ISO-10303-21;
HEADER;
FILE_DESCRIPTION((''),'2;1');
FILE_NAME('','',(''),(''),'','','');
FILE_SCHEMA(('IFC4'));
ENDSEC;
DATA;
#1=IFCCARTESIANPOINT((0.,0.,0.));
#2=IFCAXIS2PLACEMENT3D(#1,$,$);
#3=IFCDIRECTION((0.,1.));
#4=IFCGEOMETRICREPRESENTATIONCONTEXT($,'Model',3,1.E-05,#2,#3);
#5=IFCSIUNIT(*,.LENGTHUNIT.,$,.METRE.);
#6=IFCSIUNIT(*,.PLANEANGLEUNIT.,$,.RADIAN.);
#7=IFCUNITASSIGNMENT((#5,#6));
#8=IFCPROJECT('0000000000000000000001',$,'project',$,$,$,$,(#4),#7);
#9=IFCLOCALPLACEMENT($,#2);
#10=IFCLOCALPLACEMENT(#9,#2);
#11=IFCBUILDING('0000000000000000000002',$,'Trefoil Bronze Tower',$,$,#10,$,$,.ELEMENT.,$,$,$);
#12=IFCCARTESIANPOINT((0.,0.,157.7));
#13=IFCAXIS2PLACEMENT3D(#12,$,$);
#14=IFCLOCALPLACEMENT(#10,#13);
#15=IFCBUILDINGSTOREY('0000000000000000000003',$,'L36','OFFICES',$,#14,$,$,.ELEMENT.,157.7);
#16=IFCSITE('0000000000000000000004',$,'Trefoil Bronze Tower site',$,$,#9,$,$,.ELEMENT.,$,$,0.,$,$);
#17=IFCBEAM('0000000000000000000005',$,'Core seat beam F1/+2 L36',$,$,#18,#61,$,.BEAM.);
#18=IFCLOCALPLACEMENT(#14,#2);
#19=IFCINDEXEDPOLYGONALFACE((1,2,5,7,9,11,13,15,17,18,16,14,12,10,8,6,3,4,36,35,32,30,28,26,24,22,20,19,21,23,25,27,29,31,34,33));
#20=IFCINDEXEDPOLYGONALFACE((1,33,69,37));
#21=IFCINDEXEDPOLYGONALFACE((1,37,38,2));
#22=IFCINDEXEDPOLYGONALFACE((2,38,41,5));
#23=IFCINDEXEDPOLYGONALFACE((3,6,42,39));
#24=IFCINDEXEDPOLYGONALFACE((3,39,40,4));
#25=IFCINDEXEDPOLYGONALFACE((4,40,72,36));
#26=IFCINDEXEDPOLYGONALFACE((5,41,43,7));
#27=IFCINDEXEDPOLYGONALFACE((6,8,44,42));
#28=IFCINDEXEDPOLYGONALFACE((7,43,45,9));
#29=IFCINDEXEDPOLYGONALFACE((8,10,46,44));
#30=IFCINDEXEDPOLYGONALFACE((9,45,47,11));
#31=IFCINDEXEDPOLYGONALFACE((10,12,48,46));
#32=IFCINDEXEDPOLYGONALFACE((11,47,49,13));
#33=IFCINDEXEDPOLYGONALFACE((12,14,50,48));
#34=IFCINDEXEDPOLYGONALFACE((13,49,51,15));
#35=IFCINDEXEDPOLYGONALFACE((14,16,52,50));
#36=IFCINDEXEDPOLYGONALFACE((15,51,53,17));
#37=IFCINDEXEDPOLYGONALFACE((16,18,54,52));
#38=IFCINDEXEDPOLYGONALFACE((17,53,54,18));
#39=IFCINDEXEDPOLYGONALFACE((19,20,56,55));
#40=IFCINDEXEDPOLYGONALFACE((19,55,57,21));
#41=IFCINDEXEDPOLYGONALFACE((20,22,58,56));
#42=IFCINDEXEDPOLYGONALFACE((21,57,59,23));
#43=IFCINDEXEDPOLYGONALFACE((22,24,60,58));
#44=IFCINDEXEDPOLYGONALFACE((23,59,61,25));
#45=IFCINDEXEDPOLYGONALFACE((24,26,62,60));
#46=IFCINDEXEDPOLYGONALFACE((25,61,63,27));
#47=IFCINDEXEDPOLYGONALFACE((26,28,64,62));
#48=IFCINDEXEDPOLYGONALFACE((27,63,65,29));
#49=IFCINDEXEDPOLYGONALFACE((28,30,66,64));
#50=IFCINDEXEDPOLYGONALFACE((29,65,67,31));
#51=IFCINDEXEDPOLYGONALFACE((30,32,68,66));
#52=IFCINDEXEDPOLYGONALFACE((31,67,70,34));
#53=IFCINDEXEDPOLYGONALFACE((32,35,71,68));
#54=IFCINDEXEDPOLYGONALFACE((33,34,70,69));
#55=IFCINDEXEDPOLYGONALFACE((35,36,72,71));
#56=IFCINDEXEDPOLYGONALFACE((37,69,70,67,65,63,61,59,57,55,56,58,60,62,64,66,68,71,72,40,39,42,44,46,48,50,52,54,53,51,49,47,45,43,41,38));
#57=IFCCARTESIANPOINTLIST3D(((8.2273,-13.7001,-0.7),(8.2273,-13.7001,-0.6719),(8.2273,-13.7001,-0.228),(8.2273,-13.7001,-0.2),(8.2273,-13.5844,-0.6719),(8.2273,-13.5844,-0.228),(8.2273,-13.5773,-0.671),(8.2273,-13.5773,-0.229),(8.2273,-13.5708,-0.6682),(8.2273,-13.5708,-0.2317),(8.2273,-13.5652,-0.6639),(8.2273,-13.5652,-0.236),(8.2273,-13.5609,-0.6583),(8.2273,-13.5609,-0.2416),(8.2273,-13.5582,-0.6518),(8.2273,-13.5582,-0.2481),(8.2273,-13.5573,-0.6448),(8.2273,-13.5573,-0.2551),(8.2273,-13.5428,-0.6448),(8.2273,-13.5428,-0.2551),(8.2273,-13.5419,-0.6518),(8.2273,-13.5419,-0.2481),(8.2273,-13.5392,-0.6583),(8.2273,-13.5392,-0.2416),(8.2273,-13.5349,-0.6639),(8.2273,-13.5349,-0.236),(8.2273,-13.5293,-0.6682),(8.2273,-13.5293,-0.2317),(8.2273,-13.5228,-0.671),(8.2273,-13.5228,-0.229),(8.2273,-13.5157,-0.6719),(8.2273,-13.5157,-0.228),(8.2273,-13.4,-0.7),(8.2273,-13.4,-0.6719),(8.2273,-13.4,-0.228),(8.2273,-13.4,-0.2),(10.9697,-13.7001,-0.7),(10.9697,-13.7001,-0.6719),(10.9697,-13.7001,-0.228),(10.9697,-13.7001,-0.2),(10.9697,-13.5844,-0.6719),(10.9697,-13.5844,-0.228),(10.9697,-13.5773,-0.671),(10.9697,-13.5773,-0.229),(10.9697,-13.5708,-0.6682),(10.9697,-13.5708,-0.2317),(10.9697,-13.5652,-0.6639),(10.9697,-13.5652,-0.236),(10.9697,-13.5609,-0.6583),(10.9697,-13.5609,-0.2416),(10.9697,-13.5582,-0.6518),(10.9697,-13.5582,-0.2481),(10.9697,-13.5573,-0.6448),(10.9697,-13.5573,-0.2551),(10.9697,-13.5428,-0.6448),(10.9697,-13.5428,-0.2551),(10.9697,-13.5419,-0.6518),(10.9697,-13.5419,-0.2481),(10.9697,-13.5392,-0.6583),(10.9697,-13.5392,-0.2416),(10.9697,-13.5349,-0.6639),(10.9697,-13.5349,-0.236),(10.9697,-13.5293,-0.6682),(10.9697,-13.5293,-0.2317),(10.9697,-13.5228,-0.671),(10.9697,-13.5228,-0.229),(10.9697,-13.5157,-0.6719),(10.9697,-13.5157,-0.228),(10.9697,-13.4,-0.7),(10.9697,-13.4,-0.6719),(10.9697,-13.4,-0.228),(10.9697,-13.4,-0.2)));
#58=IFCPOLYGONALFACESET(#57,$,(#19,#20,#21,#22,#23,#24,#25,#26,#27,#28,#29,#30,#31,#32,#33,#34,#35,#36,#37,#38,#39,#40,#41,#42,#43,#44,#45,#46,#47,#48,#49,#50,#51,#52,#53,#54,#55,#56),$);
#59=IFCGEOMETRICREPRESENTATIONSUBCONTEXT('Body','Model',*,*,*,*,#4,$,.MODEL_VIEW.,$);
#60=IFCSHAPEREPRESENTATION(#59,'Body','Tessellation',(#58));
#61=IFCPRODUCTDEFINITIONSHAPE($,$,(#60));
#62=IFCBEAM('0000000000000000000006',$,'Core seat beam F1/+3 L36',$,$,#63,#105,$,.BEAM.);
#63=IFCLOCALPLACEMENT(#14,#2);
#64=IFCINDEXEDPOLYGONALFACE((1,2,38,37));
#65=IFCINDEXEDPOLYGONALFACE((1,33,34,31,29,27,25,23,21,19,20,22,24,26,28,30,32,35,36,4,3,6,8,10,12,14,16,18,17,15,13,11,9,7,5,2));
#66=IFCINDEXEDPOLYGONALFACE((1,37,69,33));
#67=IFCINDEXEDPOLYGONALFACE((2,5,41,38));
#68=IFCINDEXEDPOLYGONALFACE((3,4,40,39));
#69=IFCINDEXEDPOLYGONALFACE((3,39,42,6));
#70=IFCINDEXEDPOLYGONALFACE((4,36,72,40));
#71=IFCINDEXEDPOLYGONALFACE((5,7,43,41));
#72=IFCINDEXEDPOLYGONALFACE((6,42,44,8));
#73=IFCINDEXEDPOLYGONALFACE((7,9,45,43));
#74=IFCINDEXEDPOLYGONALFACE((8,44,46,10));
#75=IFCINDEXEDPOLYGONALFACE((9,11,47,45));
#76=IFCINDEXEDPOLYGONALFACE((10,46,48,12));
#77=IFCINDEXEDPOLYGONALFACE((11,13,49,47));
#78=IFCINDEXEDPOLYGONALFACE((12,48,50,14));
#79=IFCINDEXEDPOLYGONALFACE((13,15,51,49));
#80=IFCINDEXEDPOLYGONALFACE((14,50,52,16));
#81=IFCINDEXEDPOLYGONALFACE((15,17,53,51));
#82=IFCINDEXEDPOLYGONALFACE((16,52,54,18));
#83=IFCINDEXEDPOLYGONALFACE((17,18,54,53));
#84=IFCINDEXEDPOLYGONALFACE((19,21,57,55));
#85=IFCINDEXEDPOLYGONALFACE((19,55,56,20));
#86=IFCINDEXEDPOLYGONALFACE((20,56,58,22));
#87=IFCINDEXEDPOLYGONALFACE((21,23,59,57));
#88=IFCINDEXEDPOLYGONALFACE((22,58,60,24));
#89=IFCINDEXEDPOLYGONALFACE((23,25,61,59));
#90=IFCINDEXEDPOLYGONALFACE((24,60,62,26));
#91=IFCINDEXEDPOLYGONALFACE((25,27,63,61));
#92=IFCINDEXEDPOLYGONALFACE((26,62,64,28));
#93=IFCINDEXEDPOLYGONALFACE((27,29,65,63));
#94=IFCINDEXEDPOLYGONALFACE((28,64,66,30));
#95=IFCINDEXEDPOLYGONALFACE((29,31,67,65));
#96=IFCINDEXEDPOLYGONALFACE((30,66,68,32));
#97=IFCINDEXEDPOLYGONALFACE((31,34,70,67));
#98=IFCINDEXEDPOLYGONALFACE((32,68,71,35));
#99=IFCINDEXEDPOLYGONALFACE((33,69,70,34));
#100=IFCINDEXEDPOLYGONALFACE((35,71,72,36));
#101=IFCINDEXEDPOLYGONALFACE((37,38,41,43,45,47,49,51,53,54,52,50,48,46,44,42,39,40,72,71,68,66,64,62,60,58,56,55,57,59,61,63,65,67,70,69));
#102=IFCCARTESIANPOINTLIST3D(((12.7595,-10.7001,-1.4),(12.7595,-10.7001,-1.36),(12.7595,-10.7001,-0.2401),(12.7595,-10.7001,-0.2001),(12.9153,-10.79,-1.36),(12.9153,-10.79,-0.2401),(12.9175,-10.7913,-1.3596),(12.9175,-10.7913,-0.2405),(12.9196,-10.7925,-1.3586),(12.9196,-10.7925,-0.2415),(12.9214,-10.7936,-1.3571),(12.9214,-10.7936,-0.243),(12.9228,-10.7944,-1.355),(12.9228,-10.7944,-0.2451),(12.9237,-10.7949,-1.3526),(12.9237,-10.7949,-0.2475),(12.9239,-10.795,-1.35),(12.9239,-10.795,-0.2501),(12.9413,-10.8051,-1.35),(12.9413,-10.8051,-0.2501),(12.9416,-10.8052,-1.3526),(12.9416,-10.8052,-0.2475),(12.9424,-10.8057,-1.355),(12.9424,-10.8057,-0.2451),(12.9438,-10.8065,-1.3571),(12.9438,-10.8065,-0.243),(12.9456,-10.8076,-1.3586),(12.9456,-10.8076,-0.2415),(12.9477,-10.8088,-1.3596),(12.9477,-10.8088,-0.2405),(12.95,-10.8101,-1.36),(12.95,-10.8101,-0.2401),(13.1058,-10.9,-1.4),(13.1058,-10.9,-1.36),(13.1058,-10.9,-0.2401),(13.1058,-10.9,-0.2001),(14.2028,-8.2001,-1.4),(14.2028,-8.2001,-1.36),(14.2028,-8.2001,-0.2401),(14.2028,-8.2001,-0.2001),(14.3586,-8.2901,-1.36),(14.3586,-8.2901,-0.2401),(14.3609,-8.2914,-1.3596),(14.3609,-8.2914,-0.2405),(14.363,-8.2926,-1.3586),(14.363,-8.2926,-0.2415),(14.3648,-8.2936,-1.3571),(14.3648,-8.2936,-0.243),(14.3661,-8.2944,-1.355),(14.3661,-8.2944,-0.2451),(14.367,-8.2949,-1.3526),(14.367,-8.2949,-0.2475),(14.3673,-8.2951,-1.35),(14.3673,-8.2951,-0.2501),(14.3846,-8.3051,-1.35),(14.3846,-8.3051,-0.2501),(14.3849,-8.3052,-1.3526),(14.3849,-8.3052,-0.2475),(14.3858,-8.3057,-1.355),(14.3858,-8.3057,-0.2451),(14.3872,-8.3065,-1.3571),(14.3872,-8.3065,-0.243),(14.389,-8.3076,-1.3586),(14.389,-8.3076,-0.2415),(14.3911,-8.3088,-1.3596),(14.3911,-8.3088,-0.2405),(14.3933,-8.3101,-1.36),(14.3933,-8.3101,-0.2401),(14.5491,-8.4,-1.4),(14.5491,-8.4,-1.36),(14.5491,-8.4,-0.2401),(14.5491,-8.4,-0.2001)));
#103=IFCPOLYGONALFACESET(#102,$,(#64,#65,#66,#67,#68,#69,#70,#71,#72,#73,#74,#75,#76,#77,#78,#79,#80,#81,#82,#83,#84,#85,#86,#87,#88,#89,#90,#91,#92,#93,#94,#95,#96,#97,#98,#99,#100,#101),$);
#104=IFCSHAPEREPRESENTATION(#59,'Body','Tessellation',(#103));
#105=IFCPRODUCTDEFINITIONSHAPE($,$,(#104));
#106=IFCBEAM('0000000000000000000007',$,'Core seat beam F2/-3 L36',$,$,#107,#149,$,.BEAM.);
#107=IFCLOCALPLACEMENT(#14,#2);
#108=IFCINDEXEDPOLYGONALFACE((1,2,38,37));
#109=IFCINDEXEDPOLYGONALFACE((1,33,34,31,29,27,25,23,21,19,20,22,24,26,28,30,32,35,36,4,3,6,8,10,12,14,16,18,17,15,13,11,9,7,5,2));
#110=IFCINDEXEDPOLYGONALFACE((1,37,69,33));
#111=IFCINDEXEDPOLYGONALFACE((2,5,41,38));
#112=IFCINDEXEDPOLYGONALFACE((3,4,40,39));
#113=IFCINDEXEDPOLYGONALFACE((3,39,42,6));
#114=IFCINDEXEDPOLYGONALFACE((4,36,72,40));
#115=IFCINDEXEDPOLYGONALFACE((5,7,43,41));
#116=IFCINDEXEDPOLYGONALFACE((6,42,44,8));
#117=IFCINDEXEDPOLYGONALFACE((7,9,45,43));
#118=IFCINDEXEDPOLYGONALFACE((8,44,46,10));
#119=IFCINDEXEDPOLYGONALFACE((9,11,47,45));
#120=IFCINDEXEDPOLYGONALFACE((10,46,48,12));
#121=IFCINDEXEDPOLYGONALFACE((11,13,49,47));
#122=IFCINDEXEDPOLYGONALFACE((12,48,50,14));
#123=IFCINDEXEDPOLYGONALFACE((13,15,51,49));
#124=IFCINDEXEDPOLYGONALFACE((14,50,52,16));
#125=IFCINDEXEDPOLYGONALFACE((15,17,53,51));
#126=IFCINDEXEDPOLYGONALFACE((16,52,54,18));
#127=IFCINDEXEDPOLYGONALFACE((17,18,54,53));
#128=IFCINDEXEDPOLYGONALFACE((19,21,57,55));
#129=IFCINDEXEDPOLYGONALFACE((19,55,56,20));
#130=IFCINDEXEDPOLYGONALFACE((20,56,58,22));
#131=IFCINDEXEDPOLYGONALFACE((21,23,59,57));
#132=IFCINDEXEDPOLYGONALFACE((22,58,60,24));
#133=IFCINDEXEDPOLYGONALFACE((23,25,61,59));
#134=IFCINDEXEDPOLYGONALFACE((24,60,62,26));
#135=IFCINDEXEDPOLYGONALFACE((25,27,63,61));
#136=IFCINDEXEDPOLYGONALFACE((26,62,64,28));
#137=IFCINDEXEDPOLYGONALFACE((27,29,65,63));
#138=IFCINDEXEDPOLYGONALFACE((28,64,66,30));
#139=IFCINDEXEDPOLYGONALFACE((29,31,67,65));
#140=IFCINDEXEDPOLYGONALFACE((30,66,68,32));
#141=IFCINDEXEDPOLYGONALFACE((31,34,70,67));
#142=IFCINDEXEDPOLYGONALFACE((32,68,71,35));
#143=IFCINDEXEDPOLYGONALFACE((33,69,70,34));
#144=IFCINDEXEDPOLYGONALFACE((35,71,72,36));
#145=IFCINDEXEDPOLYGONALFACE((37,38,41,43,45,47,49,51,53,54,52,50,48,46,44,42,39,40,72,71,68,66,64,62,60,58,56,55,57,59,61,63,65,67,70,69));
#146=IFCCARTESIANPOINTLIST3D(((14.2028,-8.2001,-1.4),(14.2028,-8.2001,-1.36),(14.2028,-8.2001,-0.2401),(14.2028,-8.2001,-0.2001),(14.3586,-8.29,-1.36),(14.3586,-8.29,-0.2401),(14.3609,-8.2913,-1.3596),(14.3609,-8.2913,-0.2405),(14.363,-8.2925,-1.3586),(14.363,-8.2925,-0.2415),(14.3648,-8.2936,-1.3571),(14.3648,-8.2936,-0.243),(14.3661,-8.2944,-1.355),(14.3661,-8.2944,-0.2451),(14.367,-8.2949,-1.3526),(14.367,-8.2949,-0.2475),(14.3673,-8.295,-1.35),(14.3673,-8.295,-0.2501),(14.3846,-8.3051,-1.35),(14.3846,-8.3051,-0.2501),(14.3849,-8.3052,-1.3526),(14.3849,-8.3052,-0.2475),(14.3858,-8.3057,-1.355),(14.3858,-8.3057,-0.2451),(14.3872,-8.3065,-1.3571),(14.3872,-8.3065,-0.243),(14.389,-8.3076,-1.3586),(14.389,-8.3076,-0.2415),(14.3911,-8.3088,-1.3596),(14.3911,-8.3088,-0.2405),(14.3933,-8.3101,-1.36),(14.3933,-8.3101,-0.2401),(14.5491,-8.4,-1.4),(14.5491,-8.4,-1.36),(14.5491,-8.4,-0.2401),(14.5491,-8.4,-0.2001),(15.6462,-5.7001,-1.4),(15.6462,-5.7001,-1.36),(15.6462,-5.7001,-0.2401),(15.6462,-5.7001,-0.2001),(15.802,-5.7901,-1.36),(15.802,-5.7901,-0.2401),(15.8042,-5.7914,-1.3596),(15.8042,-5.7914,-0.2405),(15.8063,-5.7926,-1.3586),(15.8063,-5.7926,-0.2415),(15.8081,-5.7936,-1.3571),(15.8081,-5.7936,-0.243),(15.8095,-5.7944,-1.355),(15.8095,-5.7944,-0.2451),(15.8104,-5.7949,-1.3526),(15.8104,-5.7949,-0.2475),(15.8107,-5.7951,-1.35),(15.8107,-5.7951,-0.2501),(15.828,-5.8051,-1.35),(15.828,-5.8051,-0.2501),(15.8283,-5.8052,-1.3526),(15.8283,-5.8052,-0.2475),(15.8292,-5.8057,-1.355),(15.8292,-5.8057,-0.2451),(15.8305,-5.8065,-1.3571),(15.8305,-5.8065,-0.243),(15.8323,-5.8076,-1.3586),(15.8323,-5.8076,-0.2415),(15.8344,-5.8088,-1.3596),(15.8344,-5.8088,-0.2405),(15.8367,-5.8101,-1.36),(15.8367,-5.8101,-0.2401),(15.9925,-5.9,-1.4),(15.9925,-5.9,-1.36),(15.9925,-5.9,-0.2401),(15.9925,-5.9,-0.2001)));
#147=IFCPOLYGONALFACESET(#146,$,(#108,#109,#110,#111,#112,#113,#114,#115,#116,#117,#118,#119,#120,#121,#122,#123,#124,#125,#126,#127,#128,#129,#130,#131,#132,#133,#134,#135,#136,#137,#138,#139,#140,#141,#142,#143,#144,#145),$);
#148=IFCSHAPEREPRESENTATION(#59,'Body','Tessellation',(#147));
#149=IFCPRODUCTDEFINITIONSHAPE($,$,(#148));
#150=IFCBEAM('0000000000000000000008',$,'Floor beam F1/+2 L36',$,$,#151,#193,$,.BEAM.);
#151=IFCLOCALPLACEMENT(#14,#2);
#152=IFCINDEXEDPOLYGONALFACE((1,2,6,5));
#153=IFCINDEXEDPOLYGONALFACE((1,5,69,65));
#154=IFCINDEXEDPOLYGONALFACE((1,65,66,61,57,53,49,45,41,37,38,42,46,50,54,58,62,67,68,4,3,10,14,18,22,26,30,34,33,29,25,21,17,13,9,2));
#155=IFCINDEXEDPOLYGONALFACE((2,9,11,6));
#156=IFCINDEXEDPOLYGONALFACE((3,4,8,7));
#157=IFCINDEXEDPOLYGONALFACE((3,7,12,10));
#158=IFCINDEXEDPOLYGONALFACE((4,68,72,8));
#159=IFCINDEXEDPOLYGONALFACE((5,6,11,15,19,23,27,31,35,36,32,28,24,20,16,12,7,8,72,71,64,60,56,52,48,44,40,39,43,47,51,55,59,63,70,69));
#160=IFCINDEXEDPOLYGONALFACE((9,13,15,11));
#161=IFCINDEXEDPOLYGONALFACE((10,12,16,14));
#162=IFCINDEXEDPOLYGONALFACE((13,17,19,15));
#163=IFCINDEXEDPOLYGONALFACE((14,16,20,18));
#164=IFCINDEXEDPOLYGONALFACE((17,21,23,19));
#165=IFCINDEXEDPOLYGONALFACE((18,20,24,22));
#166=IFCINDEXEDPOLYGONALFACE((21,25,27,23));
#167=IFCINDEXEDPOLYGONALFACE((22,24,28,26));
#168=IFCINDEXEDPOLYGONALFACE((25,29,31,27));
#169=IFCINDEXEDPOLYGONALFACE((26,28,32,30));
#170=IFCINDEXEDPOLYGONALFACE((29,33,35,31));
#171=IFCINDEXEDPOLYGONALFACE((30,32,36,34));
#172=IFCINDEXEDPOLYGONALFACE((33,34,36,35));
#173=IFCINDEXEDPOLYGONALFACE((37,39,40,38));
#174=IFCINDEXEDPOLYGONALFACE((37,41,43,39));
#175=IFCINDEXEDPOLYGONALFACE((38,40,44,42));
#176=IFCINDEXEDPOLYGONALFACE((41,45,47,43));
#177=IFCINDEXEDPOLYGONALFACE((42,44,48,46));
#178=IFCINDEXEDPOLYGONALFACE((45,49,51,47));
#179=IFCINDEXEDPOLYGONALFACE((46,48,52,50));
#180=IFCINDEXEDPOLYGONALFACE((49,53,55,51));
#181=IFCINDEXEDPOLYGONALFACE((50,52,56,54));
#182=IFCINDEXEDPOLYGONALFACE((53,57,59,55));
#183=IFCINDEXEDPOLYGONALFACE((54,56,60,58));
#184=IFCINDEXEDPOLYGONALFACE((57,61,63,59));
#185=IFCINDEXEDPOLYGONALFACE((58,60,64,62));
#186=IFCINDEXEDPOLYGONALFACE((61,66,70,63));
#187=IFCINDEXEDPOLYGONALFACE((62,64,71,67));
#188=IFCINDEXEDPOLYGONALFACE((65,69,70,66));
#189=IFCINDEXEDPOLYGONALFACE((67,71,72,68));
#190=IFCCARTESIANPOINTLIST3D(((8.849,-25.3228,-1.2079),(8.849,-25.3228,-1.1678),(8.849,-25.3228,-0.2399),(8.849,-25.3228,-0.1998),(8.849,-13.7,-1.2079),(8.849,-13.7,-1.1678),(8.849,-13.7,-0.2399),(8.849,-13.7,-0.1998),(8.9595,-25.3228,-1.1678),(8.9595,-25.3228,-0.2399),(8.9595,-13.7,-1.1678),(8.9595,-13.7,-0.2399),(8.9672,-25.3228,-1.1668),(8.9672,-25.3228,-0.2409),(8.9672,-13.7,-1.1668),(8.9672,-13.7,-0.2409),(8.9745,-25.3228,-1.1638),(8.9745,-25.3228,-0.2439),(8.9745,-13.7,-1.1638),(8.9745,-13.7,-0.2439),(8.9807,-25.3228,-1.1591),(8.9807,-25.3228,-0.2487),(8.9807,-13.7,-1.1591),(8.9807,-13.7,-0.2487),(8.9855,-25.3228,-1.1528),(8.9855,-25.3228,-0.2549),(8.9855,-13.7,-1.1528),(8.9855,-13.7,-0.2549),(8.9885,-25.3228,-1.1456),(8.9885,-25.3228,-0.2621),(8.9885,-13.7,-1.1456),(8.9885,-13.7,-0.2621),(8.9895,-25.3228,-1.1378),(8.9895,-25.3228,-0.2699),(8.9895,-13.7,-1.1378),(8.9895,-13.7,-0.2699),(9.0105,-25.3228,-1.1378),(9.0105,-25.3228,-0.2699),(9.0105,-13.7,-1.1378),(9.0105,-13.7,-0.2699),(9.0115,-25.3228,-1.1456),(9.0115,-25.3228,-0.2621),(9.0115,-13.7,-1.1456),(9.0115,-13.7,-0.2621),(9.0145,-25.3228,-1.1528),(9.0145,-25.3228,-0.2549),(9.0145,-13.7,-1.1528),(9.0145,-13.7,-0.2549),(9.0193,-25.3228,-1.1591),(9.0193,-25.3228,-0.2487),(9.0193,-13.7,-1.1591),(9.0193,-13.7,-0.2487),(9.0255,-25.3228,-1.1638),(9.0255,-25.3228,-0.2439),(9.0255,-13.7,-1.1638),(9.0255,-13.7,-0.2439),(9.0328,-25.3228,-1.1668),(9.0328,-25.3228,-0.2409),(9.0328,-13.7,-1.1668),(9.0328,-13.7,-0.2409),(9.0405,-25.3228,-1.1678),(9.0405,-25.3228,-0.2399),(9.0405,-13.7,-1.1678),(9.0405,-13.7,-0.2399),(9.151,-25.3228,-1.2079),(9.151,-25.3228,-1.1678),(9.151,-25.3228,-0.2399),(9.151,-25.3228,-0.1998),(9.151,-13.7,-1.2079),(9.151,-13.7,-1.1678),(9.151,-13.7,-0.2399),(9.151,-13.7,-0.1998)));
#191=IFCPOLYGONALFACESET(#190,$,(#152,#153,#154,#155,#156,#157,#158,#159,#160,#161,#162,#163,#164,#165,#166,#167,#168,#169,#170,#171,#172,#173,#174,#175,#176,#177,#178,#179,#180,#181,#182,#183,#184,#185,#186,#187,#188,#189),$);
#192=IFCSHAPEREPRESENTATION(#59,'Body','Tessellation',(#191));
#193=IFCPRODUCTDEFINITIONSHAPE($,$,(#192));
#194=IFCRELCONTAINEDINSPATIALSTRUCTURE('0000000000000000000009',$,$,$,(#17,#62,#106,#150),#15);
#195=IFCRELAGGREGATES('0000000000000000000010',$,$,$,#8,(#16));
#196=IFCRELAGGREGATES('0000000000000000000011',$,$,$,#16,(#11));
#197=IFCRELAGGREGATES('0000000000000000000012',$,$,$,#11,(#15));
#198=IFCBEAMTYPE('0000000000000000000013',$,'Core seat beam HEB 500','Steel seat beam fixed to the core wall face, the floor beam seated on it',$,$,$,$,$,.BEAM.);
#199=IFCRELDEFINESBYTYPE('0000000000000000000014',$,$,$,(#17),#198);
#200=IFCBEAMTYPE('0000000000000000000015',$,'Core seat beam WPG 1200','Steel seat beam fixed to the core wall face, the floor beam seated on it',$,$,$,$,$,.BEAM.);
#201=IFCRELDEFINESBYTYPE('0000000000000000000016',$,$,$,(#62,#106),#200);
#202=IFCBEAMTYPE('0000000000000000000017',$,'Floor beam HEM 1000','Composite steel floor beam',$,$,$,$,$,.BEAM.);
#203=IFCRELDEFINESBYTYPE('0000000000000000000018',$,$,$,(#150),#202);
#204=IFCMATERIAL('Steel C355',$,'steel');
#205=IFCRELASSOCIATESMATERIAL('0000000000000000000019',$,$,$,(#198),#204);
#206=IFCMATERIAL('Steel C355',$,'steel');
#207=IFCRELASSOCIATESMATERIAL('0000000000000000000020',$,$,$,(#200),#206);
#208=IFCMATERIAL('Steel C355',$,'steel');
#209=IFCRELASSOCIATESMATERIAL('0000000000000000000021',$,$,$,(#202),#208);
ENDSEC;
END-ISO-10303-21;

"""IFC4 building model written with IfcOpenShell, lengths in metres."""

from ifc_helpers import new_model, si_unit, direction, frame, origin, origin_2d, place, context, subcontext, project, spatial, i_section, extrude, material, material_profile, profile_set, type_object, element, save


model = new_model("IFC4")

# Units and contexts
model_context = context("Model", 3, precision=1e-05, world=origin(), true_north=direction((0.0, 1.0)))
body_context = subcontext(model_context, "Body", "Model", "MODEL_VIEW")
ifc_project = project(units=[si_unit("LENGTHUNIT", "METRE"), si_unit("PLANEANGLEUNIT", "RADIAN")], contexts=[model_context])

# Site, building, storey
site_placement = place(None, origin())
site = spatial("IfcSite", under=ifc_project, at=site_placement, Name="Trefoil Bronze Tower site", CompositionType="ELEMENT", RefElevation=0.0)
building_placement = place(site_placement, origin())
building = spatial("IfcBuilding", under=site, at=building_placement, Name="Trefoil Bronze Tower", CompositionType="ELEMENT")
storey_placement = place(building_placement, frame((0.0, 0.0, 157.7)))
storey = spatial("IfcBuildingStorey", under=building, at=storey_placement, Name="L36", Description="OFFICES", CompositionType="ELEMENT", Elevation=157.7)

# Beams
ifc_material_1 = material(Name="Steel C355", Category="steel")
ifc_material_profile_1 = material_profile(ifc_material_1, i_section(OverallWidth=0.3, OverallDepth=0.5, WebThickness=0.0144, FlangeThickness=0.0281, FilletRadius=0.0271, at=origin_2d()), Name="HEB 500")
ifc_profile_set_1 = profile_set([ifc_material_profile_1], Name="Steel C355")
beam_type_1 = type_object("IfcBeamType", Name="Core seat beam HEB 500", Description="Steel seat beam fixed to the core wall face, the floor beam seated on it", PredefinedType="BEAM", material=ifc_profile_set_1)
for number, where, z_axis, x_axis, name in (
    (1, (8.2273, -13.55, -0.45), (1.0, 0.0, 0.0), (0.0, 1.0, 0.0), "Core seat beam F1/+2 L36"),
):
    element("IfcBeam", number, at=place(storey_placement, frame(where, z_axis=z_axis, x_axis=x_axis)), inside=storey, type_object=beam_type_1, Name=name, PredefinedType="BEAM", context=body_context, shape_type="SweptSolid", body=[
        extrude(i_section(OverallWidth=0.3, OverallDepth=0.5, WebThickness=0.0144, FlangeThickness=0.0281, FilletRadius=0.0271, at=origin_2d()), origin(), (0.0, 0.0, 1.0), 2.7424),
    ])
ifc_material_2 = material(Name="Steel C355", Category="steel")
ifc_material_profile_2 = material_profile(ifc_material_2, i_section(OverallWidth=0.3999, OverallDepth=1.2, WebThickness=0.02, FlangeThickness=0.04, FilletRadius=0.01, at=origin_2d()), Name="WPG 1200")
ifc_profile_set_2 = profile_set([ifc_material_profile_2], Name="Steel C355")
beam_type_2 = type_object("IfcBeamType", Name="Core seat beam WPG 1200", Description="Steel seat beam fixed to the core wall face, the floor beam seated on it", PredefinedType="BEAM", material=ifc_profile_set_2)
for number, where, z_axis, x_axis, name in (
    (2, (12.9326, -10.8, -0.8), (0.499996, 0.866028, 0.0), (-0.866028, 0.499996, 0.0), "Core seat beam F1/+3 L36"),
    (3, (14.376, -8.3, -0.8), (0.499996, 0.866028, 0.0), (-0.866028, 0.499996, 0.0), "Core seat beam F2/-3 L36"),
):
    element("IfcBeam", number, at=place(storey_placement, frame(where, z_axis=z_axis, x_axis=x_axis)), inside=storey, type_object=beam_type_2, Name=name, PredefinedType="BEAM", context=body_context, shape_type="SweptSolid", body=[
        extrude(i_section(OverallWidth=0.3999, OverallDepth=1.2, WebThickness=0.02, FlangeThickness=0.04, FilletRadius=0.01, at=origin_2d()), origin(), (0.0, 0.0, 1.0), 2.8867),
    ])
ifc_material_3 = material(Name="Steel C355", Category="steel")
ifc_material_profile_3 = material_profile(ifc_material_3, i_section(OverallWidth=0.302, OverallDepth=1.0081, WebThickness=0.021, FlangeThickness=0.04, FilletRadius=0.03, at=origin_2d()), Name="HEM 1000")
ifc_profile_set_3 = profile_set([ifc_material_profile_3], Name="Steel C355")
beam_type_3 = type_object("IfcBeamType", Name="Floor beam HEM 1000", Description="Composite steel floor beam", PredefinedType="BEAM", material=ifc_profile_set_3)
beam_1_placement = place(storey_placement, frame((9.0, -25.3228, -0.7039), z_axis=(0.0, 1.0, 0.0), x_axis=(-1.0, 0.0, 0.0)))
element("IfcBeam", 4, at=beam_1_placement, inside=storey, type_object=beam_type_3, Name="Floor beam F1/+2 L36", PredefinedType="BEAM", context=body_context, shape_type="SweptSolid", body=[
    extrude(i_section(OverallWidth=0.302, OverallDepth=1.0081, WebThickness=0.021, FlangeThickness=0.04, FilletRadius=0.03, at=origin_2d()), origin(), (0.0, 0.0, 1.0), 11.6228),
])

save(model, "model.ifc")
